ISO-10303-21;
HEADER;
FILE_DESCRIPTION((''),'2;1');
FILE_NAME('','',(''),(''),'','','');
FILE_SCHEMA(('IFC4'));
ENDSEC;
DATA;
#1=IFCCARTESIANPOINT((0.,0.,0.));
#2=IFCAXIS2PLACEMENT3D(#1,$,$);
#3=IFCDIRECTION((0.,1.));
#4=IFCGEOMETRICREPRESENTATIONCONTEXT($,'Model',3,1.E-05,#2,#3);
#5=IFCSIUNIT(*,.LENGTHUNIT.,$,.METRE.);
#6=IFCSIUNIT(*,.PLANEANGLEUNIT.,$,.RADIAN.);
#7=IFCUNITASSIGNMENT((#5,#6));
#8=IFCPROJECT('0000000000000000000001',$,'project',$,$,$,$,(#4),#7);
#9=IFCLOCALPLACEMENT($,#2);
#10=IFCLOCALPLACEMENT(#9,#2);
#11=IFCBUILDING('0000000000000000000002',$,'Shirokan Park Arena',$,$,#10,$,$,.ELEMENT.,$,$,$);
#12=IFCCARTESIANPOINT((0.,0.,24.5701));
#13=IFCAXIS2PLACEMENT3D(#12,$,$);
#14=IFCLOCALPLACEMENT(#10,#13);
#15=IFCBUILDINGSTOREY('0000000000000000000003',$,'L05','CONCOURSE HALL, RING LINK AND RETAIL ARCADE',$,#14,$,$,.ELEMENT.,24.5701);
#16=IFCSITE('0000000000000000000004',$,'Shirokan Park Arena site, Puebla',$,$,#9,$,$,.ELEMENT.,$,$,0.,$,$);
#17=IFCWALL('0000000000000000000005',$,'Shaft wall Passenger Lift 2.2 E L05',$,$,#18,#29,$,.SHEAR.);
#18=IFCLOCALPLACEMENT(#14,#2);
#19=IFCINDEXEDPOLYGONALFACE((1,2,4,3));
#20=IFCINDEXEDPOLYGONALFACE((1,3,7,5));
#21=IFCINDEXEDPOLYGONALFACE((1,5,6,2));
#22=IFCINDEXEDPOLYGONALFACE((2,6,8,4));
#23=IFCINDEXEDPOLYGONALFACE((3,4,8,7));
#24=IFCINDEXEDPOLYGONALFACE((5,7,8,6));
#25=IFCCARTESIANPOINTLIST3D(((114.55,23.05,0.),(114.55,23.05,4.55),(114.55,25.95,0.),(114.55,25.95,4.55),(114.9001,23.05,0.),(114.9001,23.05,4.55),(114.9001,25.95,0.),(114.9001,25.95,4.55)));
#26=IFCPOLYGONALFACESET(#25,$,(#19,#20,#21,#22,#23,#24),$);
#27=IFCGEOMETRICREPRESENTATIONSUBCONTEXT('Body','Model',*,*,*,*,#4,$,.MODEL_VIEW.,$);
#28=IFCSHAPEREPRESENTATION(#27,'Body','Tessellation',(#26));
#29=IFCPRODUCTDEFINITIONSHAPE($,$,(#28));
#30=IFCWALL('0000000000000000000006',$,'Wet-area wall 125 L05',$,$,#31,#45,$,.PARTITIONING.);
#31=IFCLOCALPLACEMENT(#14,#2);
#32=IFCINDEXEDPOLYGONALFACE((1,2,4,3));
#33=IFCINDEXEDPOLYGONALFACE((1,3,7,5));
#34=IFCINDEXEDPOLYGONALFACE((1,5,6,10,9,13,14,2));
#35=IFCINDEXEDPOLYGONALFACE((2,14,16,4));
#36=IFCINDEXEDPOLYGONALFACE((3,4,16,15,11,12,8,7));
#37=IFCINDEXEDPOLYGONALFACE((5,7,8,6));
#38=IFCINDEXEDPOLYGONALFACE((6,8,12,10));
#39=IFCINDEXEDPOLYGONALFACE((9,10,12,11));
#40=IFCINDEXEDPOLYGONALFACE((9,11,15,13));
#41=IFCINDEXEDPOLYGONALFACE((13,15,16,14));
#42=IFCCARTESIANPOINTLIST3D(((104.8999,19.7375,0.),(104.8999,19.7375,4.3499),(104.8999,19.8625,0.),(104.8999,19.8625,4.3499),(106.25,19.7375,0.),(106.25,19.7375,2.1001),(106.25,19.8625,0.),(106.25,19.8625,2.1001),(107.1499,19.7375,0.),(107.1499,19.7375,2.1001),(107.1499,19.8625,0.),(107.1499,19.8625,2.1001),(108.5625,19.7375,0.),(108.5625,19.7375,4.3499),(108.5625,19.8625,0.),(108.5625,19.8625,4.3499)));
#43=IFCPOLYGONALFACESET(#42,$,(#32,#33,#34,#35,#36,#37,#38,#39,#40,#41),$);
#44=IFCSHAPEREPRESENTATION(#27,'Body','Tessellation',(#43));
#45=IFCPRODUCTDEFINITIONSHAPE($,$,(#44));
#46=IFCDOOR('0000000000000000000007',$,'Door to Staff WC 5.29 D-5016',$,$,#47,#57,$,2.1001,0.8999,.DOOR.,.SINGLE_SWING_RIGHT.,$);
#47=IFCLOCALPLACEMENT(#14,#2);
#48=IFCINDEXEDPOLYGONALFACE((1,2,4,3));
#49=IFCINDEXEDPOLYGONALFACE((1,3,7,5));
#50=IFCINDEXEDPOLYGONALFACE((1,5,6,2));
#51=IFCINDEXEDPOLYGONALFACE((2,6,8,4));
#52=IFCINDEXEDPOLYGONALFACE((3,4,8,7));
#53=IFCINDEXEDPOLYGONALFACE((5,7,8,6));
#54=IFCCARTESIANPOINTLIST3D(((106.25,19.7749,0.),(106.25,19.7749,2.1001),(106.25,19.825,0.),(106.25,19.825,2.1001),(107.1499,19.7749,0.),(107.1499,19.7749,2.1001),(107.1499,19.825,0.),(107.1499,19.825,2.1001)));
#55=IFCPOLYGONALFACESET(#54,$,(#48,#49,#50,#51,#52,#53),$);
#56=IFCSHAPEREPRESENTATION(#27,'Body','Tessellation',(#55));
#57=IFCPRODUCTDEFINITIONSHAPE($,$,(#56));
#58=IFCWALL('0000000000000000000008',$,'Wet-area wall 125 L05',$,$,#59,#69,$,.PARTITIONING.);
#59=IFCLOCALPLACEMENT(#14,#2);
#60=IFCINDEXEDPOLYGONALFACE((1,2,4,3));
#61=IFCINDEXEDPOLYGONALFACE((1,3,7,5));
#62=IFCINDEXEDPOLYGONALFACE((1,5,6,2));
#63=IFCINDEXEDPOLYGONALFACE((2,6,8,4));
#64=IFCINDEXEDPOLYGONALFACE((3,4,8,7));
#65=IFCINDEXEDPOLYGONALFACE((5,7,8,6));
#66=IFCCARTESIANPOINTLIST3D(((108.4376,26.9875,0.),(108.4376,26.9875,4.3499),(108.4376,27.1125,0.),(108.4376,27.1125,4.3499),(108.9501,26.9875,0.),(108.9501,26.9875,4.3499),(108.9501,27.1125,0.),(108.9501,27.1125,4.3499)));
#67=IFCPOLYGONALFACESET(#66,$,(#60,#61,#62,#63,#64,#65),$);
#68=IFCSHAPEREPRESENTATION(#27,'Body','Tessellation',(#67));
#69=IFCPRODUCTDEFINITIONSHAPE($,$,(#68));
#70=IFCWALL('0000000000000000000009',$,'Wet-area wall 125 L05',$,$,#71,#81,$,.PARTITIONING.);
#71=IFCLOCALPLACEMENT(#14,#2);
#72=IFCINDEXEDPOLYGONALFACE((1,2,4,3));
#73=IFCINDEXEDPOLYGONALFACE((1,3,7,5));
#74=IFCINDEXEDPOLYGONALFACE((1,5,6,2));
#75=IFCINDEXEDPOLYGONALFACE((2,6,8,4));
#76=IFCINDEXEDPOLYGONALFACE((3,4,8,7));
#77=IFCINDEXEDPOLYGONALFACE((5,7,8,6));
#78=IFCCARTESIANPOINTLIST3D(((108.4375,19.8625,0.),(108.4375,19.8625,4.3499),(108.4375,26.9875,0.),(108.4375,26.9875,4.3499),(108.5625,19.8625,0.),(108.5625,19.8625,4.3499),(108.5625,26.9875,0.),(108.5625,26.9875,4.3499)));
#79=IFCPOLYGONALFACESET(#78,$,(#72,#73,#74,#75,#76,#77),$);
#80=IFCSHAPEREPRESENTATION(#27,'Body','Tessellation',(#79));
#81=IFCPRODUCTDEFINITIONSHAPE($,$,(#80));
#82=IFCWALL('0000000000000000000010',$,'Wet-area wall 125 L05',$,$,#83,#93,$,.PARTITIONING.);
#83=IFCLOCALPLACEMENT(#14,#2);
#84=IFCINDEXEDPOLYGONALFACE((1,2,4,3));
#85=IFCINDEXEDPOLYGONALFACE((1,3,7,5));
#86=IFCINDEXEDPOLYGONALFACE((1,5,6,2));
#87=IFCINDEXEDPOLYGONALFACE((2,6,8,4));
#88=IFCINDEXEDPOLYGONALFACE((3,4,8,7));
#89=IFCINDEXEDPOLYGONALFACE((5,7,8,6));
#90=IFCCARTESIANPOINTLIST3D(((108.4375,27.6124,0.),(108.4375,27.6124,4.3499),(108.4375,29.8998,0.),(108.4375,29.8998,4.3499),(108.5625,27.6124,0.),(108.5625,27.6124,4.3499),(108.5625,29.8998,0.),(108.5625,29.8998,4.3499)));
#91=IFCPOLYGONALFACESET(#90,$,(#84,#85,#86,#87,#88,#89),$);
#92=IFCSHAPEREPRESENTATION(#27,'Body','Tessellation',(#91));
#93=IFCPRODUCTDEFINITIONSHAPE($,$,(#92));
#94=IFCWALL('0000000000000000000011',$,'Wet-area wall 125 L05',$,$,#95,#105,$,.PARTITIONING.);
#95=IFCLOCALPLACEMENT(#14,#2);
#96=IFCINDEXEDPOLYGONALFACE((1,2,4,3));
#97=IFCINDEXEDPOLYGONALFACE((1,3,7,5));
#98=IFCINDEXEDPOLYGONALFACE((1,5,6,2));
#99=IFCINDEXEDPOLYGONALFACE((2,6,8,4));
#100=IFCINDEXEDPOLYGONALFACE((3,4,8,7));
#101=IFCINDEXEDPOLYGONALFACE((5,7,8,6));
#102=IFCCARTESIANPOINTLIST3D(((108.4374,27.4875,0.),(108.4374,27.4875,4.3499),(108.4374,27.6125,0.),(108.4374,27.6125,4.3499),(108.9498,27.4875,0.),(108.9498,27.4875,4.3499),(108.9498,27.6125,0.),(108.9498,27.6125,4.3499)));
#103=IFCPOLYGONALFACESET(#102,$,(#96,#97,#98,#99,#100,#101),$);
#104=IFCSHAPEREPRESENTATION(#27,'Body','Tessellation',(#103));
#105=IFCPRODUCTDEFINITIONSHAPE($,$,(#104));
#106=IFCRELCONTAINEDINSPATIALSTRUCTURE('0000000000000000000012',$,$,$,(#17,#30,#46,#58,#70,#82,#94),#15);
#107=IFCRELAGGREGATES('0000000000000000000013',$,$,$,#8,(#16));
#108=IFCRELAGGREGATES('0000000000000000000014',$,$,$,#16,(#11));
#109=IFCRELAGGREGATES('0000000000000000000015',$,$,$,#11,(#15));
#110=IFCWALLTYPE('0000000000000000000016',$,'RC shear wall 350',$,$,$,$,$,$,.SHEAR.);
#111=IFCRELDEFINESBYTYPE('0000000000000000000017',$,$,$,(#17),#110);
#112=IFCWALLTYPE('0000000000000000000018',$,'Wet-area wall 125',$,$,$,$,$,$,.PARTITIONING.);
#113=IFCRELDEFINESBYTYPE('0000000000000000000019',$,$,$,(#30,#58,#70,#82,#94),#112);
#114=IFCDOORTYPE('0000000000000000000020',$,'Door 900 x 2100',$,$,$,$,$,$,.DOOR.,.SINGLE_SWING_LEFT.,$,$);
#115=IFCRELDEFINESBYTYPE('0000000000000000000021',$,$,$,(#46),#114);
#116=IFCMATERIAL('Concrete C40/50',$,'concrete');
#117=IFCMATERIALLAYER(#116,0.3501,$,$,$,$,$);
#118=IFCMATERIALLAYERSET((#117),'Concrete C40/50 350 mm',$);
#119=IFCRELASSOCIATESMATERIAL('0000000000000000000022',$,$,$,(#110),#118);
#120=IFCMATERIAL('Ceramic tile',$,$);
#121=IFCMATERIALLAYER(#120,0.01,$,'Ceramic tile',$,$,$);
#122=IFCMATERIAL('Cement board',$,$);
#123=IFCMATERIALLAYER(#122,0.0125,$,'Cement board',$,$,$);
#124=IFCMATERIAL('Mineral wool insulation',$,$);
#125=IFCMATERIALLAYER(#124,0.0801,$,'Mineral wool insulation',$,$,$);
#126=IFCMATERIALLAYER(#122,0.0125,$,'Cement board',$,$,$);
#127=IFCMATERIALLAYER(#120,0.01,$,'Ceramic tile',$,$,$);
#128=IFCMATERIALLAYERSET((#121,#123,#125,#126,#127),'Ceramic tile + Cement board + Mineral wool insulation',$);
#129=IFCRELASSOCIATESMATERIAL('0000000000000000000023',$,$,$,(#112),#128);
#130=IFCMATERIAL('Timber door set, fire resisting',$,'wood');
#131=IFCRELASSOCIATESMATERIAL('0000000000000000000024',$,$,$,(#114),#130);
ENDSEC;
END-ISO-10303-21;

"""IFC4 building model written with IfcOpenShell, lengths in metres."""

from ifc_helpers import new_model, si_unit, direction, frame, frame_2d, origin, place, context, subcontext, project, spatial, rectangle, extrude, material, layer, layer_set, type_object, element, fill, save


model = new_model("IFC4")

# Units and contexts
model_context = context("Model", 3, precision=1e-05, world=origin(), true_north=direction((0.0, 1.0)))
body_context = subcontext(model_context, "Body", "Model", "MODEL_VIEW")
ifc_project = project(units=[si_unit("LENGTHUNIT", "METRE"), si_unit("PLANEANGLEUNIT", "RADIAN")], contexts=[model_context])

# Site, building, storey
site_placement = place(None, origin())
site = spatial("IfcSite", under=ifc_project, at=site_placement, Name="Shirokan Park Arena site, Puebla", CompositionType="ELEMENT", RefElevation=0.0)
building_placement = place(site_placement, origin())
building = spatial("IfcBuilding", under=site, at=building_placement, Name="Shirokan Park Arena", CompositionType="ELEMENT")
storey_placement = place(building_placement, frame((0.0, 0.0, 24.5701)))
storey = spatial("IfcBuildingStorey", under=building, at=storey_placement, Name="L05", Description="CONCOURSE HALL, RING LINK AND RETAIL ARCADE", CompositionType="ELEMENT", Elevation=24.5701)

# Shared definitions
ifc_material_1 = material(Name="Mineral wool insulation")

# Shared definitions
ifc_material_2 = material(Name="Concrete C40/50", Category="concrete")

# Wall
ifc_layer_1 = layer(ifc_material_2, 0.3501)
ifc_layer_set_1 = layer_set([ifc_layer_1], Name="Concrete C40/50 350 mm")
wall_type_1 = type_object("IfcWallType", Name="RC shear wall 350", PredefinedType="SHEAR", material=ifc_layer_set_1)
wall_1_placement = place(storey_placement, frame((114.7251, 25.95, 0.0), z_axis=(0.0, 0.0, 1.0), x_axis=(0.0, -1.0, 0.0)))
element("IfcWall", 1, at=wall_1_placement, inside=storey, type_object=wall_type_1, Name="Shaft wall Passenger Lift 2.2 E L05", PredefinedType="SHEAR", context=body_context, shape_type="SweptSolid", body=[
    extrude(rectangle(XDim=2.8999, YDim=0.3501, at=frame_2d((1.45, 0.0))), origin(), (0.0, 0.0, 1.0), 4.55),
])

# Wall, opening, door
ifc_material_3 = material(Name="Ceramic tile")
ifc_layer_2 = layer(ifc_material_3, 0.01, Name="Ceramic tile")
ifc_material_4 = material(Name="Cement board")
ifc_layer_3 = layer(ifc_material_4, 0.0125, Name="Cement board")
ifc_layer_4 = layer(ifc_material_1, 0.0801, Name="Mineral wool insulation")
ifc_layer_5 = layer(ifc_material_4, 0.0125, Name="Cement board")
ifc_layer_6 = layer(ifc_material_3, 0.01, Name="Ceramic tile")
ifc_layer_set_2 = layer_set([ifc_layer_2, ifc_layer_3, ifc_layer_4, ifc_layer_5, ifc_layer_6], Name="Ceramic tile + Cement board + Mineral wool insulation")
wall_type_2 = type_object("IfcWallType", Name="Wet-area wall 125", PredefinedType="PARTITIONING", material=ifc_layer_set_2)
wall_2_placement = place(storey_placement, frame((104.8999, 19.8, 0.0), z_axis=(0.0, 0.0, 1.0), x_axis=(1.0, 0.0, 0.0)))
wall_2 = element("IfcWall", 2, at=wall_2_placement, inside=storey, type_object=wall_type_2, Name="Wet-area wall 125 L05", PredefinedType="PARTITIONING", context=body_context, shape_type="SweptSolid", body=[
    extrude(rectangle(XDim=3.6626, YDim=0.125, at=frame_2d((1.8313, 0.0))), origin(), (0.0, 0.0, 1.0), 4.3499),
])
opening_1_placement = place(wall_2_placement, frame((1.3501, 0.0, 0.0)))
opening_1 = element("IfcOpeningElement", 3, at=opening_1_placement, cuts=wall_2, PredefinedType="OPENING", context=body_context, shape_type="SweptSolid", body=[
    extrude(rectangle(XDim=0.8999, YDim=2.1001, at=frame_2d((0.45, 1.05))), frame((0.0, 0.0725, 0.0), z_axis=(0.0, -1.0, 0.0), x_axis=(1.0, 0.0, 0.0)), (0.0, 0.0, 1.0), 0.145),
])
ifc_material_5 = material(Name="Timber door set, fire resisting", Category="wood")
door_type_1 = type_object("IfcDoorType", Name="Door 900 x 2100", OperationType="SINGLE_SWING_LEFT", PredefinedType="DOOR", material=ifc_material_5)
door_1_placement = place(opening_1_placement, origin())
door_1 = element("IfcDoor", 4, at=door_1_placement, inside=storey, type_object=door_type_1, Name="Door to Staff WC 5.29 D-5016", OperationType="SINGLE_SWING_RIGHT", OverallHeight=2.1001, OverallWidth=0.8999, PredefinedType="DOOR", context=body_context, shape_type="SweptSolid", body=[
    extrude(rectangle(XDim=0.8999, YDim=2.1001, at=frame_2d((0.45, 1.05))), frame((0.0, 0.0249, 0.0), z_axis=(0.0, -1.0, 0.0), x_axis=(1.0, 0.0, 0.0)), (0.0, 0.0, 1.0), 0.05),
])
fill(opening_1, door_1)

# Walls
wall_3_placement = place(storey_placement, frame((108.4375, 27.05, 0.0), z_axis=(0.0, 0.0, 1.0), x_axis=(1.0, 0.0, 0.0)))
element("IfcWall", 5, at=wall_3_placement, inside=storey, type_object=wall_type_2, Name="Wet-area wall 125 L05", PredefinedType="PARTITIONING", context=body_context, shape_type="SweptSolid", body=[
    extrude(rectangle(XDim=0.5125, YDim=0.125, at=frame_2d((0.2563, 0.0))), origin(), (0.0, 0.0, 1.0), 4.3499),
])
wall_4_placement = place(storey_placement, frame((108.5, 19.8625, 0.0), z_axis=(0.0, 0.0, 1.0), x_axis=(0.0, 1.0, 0.0)))
element("IfcWall", 6, at=wall_4_placement, inside=storey, type_object=wall_type_2, Name="Wet-area wall 125 L05", PredefinedType="PARTITIONING", context=body_context, shape_type="SweptSolid", body=[
    extrude(rectangle(XDim=7.125, YDim=0.125, at=frame_2d((3.5625, 0.0))), origin(), (0.0, 0.0, 1.0), 4.3499),
])
wall_5_placement = place(storey_placement, frame((108.5, 27.6125, 0.0), z_axis=(0.0, 0.0, 1.0), x_axis=(0.0, 1.0, 0.0)))
element("IfcWall", 7, at=wall_5_placement, inside=storey, type_object=wall_type_2, Name="Wet-area wall 125 L05", PredefinedType="PARTITIONING", context=body_context, shape_type="SweptSolid", body=[
    extrude(rectangle(XDim=2.2874, YDim=0.125, at=frame_2d((1.1436, 0.0))), origin(), (0.0, 0.0, 1.0), 4.3499),
])
wall_6_placement = place(storey_placement, frame((108.95, 27.55, 0.0), z_axis=(0.0, 0.0, 1.0), x_axis=(-1.0, 0.0, 0.0)))
element("IfcWall", 8, at=wall_6_placement, inside=storey, type_object=wall_type_2, Name="Wet-area wall 125 L05", PredefinedType="PARTITIONING", context=body_context, shape_type="SweptSolid", body=[
    extrude(rectangle(XDim=0.5125, YDim=0.125, at=frame_2d((0.2563, 0.0))), origin(), (0.0, 0.0, 1.0), 4.3499),
])

save(model, "model.ifc")
